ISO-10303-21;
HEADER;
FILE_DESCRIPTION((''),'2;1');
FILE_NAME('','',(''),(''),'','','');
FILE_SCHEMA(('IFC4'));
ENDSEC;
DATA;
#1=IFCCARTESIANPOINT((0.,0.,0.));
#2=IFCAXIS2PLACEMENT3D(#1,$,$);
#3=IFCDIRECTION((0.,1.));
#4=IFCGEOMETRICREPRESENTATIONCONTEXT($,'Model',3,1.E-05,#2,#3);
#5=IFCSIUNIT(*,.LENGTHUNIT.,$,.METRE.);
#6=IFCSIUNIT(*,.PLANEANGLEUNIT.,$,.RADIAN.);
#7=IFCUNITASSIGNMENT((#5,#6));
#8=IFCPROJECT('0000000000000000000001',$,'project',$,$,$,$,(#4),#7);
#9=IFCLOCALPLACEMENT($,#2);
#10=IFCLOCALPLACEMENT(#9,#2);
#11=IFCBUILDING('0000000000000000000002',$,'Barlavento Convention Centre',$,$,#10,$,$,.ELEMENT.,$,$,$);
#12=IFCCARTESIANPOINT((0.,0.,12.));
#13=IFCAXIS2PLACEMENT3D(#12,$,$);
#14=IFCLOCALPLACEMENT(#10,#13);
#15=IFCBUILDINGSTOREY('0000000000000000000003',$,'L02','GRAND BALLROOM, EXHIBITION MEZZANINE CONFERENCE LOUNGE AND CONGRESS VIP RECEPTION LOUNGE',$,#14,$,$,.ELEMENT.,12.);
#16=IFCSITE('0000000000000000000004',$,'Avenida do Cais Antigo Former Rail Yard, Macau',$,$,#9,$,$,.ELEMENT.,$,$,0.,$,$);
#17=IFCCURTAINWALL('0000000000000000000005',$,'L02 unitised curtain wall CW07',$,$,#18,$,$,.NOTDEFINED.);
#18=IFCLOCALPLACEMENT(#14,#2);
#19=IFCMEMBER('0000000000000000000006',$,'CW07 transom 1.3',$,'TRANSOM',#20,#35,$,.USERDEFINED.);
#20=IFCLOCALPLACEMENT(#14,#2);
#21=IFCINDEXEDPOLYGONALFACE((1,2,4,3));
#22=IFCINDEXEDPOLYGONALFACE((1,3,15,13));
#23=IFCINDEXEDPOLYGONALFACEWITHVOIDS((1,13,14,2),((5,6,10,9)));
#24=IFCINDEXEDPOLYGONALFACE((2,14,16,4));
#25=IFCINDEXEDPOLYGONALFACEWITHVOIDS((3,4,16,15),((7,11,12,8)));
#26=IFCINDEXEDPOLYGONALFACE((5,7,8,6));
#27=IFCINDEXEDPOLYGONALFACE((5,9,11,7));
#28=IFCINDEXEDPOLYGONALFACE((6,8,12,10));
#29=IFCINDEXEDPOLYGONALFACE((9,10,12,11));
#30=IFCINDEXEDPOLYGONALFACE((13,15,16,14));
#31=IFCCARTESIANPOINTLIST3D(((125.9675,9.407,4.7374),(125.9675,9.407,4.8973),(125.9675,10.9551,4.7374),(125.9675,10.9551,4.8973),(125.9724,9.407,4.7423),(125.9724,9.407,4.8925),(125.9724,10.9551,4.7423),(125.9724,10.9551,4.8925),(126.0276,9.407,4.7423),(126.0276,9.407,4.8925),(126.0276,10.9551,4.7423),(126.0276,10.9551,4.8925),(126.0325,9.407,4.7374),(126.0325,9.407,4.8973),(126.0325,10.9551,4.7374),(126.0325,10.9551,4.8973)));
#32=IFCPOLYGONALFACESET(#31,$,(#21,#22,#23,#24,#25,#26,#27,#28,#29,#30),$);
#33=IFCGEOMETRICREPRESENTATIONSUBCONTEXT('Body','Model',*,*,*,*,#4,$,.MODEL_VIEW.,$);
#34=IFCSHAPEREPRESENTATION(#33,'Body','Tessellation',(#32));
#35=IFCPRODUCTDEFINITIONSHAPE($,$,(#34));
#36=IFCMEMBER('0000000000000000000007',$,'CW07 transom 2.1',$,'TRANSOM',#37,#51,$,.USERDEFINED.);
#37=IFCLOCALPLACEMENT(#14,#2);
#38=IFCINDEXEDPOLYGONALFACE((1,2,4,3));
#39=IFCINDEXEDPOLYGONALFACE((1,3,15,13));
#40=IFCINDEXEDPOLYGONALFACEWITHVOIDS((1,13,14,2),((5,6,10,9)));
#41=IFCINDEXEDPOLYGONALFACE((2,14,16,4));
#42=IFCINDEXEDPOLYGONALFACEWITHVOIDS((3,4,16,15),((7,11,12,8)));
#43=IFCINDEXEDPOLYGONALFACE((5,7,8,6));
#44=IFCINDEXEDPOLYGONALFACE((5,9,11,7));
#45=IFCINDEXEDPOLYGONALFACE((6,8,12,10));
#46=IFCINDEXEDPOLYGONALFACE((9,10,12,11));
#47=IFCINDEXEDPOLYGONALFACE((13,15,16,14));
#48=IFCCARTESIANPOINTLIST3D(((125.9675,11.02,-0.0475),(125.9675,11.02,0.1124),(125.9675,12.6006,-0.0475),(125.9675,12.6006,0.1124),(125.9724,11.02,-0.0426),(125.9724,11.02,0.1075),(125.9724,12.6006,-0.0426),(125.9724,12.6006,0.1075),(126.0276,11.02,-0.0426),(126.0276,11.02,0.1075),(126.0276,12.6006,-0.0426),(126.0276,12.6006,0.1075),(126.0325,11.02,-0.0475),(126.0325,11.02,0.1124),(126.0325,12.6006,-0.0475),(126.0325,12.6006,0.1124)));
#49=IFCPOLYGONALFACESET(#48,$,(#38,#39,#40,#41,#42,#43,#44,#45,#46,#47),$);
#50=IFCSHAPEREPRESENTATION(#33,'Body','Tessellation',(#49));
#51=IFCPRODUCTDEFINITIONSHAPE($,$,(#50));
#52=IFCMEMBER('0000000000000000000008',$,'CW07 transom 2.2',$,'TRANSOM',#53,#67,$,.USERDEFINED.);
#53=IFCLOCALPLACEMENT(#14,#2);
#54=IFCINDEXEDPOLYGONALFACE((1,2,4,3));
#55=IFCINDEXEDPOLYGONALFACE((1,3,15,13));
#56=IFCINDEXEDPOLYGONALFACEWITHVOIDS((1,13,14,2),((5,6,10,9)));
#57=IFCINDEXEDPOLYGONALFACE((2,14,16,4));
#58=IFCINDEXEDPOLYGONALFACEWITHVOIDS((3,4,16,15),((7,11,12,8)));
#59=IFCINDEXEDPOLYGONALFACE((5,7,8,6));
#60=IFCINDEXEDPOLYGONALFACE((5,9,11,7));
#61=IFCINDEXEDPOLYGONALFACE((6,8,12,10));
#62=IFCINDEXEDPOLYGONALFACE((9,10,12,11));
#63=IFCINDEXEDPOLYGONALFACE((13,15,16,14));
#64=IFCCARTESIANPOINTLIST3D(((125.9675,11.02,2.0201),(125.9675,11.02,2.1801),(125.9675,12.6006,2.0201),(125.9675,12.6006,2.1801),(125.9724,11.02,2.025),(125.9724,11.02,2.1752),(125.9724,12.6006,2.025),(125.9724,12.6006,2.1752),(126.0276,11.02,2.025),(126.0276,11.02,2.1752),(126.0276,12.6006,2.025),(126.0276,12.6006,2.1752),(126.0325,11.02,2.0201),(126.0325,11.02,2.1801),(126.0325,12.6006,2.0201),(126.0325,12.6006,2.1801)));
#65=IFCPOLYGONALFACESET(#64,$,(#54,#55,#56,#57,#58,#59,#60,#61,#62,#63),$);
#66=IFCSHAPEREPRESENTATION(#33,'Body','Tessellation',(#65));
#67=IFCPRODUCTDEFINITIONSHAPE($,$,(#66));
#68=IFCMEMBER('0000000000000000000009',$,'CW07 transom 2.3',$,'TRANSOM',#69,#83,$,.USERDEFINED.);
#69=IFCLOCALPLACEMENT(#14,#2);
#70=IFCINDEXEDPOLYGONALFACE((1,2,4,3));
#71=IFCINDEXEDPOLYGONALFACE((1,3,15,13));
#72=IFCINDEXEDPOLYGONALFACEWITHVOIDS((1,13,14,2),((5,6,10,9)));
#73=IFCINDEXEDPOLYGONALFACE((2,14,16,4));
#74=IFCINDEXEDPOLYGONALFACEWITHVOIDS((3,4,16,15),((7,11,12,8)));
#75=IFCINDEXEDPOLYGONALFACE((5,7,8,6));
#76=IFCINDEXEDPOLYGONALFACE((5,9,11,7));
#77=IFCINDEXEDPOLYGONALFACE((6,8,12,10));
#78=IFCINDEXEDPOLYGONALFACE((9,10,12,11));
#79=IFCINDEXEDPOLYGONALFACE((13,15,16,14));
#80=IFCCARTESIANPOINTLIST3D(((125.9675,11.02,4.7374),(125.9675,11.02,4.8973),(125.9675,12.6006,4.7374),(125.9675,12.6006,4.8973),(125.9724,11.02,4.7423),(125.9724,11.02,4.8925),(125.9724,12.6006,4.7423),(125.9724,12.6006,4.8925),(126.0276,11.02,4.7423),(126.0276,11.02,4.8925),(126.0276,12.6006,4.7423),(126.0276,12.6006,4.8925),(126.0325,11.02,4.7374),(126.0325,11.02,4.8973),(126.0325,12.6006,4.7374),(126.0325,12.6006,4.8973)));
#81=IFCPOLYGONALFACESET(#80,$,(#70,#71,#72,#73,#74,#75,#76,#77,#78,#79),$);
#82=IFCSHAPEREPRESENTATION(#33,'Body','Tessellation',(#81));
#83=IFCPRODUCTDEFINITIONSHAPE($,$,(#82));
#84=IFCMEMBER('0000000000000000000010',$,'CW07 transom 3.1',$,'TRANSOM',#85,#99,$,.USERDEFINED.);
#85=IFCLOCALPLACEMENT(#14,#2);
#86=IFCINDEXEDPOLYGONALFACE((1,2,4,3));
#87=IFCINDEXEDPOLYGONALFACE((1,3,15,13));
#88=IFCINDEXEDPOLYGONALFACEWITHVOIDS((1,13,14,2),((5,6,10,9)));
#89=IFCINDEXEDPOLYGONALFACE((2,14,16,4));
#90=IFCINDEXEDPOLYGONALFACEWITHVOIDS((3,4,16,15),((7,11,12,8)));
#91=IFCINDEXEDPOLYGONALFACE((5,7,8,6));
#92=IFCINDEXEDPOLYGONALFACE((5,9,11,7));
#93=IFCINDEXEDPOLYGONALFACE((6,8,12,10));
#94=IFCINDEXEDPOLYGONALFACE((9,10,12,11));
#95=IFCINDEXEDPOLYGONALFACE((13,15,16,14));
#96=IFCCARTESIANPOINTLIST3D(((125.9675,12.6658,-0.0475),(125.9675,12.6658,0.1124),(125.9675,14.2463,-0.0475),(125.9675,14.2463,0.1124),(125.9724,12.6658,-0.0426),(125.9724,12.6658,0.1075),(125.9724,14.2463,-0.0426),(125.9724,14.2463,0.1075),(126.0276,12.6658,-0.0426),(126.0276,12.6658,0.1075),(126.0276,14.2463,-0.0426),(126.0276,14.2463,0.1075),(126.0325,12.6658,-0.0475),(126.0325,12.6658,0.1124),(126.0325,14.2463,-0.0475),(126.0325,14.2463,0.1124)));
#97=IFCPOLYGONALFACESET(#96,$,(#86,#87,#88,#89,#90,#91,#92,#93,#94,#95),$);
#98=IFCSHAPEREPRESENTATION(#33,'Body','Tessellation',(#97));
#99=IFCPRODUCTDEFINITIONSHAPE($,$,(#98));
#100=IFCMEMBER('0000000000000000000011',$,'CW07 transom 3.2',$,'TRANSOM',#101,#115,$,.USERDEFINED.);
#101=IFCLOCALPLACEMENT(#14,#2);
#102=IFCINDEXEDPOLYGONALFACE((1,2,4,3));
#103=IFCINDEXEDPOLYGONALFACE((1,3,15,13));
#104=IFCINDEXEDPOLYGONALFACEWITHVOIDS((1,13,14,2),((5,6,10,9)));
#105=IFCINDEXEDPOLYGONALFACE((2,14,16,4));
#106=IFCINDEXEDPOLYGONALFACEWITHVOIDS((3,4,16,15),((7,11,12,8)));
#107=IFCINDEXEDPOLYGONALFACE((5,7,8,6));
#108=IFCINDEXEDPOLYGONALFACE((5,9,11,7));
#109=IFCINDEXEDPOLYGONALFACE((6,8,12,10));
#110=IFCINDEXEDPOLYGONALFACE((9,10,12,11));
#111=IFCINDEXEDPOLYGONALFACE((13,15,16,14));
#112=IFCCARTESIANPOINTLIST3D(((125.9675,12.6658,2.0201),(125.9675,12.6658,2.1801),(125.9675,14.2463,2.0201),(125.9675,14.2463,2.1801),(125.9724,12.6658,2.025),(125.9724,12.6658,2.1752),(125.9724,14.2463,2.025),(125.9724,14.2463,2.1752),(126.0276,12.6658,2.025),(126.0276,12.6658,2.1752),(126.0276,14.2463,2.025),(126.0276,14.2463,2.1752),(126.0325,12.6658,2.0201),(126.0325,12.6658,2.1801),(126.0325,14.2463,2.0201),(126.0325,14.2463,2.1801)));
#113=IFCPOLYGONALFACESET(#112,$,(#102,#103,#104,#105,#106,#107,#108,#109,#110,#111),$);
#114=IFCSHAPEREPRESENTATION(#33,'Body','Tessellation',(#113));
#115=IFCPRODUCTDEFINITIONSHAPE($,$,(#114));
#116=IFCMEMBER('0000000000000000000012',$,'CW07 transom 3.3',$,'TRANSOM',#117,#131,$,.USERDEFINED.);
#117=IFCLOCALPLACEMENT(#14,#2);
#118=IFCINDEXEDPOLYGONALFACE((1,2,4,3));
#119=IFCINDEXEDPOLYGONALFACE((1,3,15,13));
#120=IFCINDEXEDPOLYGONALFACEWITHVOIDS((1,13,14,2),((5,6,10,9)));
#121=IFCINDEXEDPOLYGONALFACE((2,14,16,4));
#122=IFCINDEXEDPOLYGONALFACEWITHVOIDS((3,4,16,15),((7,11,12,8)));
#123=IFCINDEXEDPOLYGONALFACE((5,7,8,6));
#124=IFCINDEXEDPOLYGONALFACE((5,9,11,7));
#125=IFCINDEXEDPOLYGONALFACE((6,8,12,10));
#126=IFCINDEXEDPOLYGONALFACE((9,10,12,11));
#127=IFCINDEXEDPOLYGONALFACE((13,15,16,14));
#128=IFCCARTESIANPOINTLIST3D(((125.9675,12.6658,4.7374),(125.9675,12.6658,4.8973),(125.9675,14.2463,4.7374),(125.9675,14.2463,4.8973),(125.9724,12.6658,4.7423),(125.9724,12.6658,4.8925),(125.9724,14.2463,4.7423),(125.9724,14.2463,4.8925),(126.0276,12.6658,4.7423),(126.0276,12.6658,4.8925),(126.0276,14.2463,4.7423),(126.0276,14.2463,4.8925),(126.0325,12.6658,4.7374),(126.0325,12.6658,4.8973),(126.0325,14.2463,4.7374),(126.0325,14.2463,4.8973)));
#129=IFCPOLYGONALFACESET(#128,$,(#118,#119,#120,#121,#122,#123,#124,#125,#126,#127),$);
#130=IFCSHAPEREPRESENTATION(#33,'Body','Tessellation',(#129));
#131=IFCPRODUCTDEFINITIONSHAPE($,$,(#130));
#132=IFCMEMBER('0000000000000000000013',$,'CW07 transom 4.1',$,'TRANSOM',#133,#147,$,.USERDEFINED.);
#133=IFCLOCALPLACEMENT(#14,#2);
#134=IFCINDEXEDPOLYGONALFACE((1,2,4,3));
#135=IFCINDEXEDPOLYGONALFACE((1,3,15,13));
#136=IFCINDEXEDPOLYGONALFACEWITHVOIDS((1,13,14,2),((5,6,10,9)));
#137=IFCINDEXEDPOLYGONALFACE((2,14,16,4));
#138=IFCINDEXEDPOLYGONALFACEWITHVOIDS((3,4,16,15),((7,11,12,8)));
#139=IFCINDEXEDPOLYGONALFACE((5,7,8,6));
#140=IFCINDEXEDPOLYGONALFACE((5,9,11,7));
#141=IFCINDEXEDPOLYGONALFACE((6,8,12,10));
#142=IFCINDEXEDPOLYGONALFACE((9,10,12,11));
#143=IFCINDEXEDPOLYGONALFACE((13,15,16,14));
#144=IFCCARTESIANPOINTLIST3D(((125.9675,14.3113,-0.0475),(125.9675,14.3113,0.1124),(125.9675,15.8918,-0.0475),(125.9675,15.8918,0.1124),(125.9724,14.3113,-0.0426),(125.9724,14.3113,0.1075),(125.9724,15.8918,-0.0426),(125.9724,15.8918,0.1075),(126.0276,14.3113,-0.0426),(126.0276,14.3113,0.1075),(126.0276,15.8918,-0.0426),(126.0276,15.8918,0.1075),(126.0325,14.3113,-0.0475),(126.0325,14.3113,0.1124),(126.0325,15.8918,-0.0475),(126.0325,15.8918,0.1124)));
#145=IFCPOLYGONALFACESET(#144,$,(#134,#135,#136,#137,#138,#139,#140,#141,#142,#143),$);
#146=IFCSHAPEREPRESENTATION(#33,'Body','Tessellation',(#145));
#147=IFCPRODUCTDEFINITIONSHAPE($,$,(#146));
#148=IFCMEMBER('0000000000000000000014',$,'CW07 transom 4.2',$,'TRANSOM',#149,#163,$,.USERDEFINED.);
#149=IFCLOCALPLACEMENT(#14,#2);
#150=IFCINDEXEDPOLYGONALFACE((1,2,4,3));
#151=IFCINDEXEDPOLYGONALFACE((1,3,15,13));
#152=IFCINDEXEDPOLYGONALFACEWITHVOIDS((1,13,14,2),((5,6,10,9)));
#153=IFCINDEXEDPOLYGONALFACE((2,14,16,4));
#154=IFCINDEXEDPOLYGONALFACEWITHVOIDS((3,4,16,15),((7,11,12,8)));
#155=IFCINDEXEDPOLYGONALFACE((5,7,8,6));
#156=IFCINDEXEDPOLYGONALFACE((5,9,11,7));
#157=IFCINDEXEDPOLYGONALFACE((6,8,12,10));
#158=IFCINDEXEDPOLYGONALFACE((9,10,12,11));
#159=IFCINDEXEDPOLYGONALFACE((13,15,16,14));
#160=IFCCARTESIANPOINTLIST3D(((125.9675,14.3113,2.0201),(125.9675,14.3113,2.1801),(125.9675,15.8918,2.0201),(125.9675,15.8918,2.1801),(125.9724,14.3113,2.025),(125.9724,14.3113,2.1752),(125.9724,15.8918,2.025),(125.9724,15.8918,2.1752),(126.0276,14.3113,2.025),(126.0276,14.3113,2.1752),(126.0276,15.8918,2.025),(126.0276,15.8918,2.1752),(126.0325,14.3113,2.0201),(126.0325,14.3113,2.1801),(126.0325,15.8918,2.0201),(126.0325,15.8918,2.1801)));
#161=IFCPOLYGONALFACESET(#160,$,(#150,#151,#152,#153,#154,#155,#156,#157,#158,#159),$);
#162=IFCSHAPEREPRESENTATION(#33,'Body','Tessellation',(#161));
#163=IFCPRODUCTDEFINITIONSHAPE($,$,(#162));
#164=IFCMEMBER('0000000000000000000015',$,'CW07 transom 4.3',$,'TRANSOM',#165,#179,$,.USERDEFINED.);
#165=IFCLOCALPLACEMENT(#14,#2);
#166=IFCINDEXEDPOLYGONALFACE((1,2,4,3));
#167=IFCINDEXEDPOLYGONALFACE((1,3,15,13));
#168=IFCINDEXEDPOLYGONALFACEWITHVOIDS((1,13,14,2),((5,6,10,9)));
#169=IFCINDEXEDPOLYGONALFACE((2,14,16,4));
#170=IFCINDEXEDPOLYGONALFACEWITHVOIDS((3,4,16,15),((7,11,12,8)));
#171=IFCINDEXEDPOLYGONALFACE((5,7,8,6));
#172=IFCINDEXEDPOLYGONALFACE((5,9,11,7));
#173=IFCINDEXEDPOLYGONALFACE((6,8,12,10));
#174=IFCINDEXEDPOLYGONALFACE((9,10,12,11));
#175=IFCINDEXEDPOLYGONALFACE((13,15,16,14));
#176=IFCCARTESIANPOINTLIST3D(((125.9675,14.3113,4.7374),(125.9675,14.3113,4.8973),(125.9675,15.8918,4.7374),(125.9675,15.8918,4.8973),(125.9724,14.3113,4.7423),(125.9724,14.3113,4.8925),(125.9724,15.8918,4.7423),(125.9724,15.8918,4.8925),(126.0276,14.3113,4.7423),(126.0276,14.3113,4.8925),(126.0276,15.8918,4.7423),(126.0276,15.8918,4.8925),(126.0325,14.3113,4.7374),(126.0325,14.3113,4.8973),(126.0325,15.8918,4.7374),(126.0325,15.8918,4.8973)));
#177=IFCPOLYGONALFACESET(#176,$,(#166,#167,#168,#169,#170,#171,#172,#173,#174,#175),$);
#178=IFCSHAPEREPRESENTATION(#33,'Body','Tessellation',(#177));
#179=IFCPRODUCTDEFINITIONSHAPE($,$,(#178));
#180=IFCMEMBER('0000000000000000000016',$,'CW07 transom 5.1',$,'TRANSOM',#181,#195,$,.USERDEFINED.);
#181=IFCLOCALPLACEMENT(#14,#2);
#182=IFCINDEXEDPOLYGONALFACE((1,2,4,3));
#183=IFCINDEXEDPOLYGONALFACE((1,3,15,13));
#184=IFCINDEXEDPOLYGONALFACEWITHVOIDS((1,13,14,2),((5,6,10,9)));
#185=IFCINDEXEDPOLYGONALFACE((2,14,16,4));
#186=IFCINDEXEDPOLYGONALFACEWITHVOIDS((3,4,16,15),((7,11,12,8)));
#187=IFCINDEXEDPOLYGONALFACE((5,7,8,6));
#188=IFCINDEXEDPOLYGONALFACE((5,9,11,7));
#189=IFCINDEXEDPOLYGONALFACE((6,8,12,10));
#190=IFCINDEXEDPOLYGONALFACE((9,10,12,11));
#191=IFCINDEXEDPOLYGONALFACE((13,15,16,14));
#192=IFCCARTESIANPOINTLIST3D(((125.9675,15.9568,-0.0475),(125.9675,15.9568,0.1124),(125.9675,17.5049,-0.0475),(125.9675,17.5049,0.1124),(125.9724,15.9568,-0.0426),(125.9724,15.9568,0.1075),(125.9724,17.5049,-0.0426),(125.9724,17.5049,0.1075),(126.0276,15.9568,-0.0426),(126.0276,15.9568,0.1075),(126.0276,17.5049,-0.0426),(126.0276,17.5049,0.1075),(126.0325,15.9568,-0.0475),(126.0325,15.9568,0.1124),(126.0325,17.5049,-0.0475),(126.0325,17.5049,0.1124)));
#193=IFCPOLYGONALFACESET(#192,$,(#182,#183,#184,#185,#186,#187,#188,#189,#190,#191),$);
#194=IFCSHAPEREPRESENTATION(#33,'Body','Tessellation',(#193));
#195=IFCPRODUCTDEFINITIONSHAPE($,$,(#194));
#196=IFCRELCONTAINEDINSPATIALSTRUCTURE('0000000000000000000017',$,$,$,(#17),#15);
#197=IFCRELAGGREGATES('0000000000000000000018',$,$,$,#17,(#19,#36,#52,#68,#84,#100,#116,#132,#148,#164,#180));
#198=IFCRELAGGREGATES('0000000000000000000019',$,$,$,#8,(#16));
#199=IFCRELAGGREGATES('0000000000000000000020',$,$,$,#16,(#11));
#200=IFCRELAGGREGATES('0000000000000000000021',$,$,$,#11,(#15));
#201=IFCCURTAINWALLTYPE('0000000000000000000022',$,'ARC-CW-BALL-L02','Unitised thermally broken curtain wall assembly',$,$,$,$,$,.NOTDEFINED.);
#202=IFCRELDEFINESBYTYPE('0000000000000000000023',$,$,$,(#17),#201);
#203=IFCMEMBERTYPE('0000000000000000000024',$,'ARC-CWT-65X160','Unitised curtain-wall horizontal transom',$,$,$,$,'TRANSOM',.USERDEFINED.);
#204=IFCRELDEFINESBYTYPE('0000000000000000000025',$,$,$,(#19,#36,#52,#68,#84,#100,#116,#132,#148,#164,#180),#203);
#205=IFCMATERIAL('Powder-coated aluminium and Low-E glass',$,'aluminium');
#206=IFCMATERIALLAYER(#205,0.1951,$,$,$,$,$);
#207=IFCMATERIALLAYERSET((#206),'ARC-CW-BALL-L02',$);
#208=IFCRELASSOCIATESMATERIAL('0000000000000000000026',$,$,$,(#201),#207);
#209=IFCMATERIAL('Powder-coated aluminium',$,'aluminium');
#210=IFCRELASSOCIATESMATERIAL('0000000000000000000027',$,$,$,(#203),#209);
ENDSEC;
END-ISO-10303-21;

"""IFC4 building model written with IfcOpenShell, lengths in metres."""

from ifc_helpers import new_model, si_unit, direction, frame, origin, origin_2d, place, context, subcontext, project, spatial, hollow_rectangle, extrude, material, layer, layer_set, material_profile, profile_set, type_object, element, aggregate, save


model = new_model("IFC4")

# Units and contexts
model_context = context("Model", 3, precision=1e-05, world=origin(), true_north=direction((0.0, 1.0)))
body_context = subcontext(model_context, "Body", "Model", "MODEL_VIEW")
ifc_project = project(units=[si_unit("LENGTHUNIT", "METRE"), si_unit("PLANEANGLEUNIT", "RADIAN")], contexts=[model_context])

# Site, building, storey
site_placement = place(None, origin())
site = spatial("IfcSite", under=ifc_project, at=site_placement, Name="Avenida do Cais Antigo Former Rail Yard, Macau", CompositionType="ELEMENT", RefElevation=0.0)
building_placement = place(site_placement, origin())
building = spatial("IfcBuilding", under=site, at=building_placement, Name="Barlavento Convention Centre", CompositionType="ELEMENT")
storey_placement = place(building_placement, frame((0.0, 0.0, 12.0)))
storey = spatial("IfcBuildingStorey", under=building, at=storey_placement, Name="L02", Description="GRAND BALLROOM, EXHIBITION MEZZANINE CONFERENCE LOUNGE AND CONGRESS VIP RECEPTION LOUNGE", CompositionType="ELEMENT", Elevation=12.0)

# Shared definitions
ifc_material_1 = material(Name="Powder-coated aluminium and Low-E glass", Category="aluminium")
ifc_layer_1 = layer(ifc_material_1, 0.1951)
ifc_layer_set_1 = layer_set([ifc_layer_1], Name="ARC-CW-BALL-L02")
curtain_wall_type = type_object("IfcCurtainWallType", Name="ARC-CW-BALL-L02", Description="Unitised thermally broken curtain wall assembly", PredefinedType="NOTDEFINED", material=ifc_layer_set_1)
ifc_material_2 = material(Name="Powder-coated aluminium", Category="aluminium")

# Curtain wall
curtain_wall_1_placement = place(storey_placement, origin())
curtain_wall_1 = element("IfcCurtainWall", 1, at=curtain_wall_1_placement, inside=storey, type_object=curtain_wall_type, Name="L02 unitised curtain wall CW07", PredefinedType="NOTDEFINED")

# Members
ifc_material_profile_1 = material_profile(ifc_material_2, hollow_rectangle(XDim=0.0649, YDim=0.1599, WallThickness=0.0049, at=origin_2d()), Name="AL-TRAN 65x160x5")
ifc_profile_set_1 = profile_set([ifc_material_profile_1], Name="Powder-coated aluminium")
member_type_1 = type_object("IfcMemberType", Name="ARC-CWT-65X160", Description="Unitised curtain-wall horizontal transom", ElementType="TRANSOM", PredefinedType="USERDEFINED", material=ifc_profile_set_1)
member_1_placement = place(storey_placement, frame((126.0, 9.407, 4.8174), z_axis=(0.0, 1.0, 0.0), x_axis=(-1.0, 0.0, 0.0)))
member_1 = element("IfcMember", 2, at=member_1_placement, type_object=member_type_1, Name="CW07 transom 1.3", ObjectType="TRANSOM", PredefinedType="USERDEFINED", context=body_context, shape_type="SweptSolid", body=[
    extrude(hollow_rectangle(XDim=0.0649, YDim=0.1599, WallThickness=0.0049, at=origin_2d()), origin(), (0.0, 0.0, 1.0), 1.5481),
])
member_2_placement = place(storey_placement, frame((126.0, 11.02, 0.0325), z_axis=(0.0, 1.0, 0.0), x_axis=(-1.0, 0.0, 0.0)))
member_2 = element("IfcMember", 3, at=member_2_placement, type_object=member_type_1, Name="CW07 transom 2.1", ObjectType="TRANSOM", PredefinedType="USERDEFINED", context=body_context, shape_type="SweptSolid", body=[
    extrude(hollow_rectangle(XDim=0.0649, YDim=0.1599, WallThickness=0.0049, at=origin_2d()), origin(), (0.0, 0.0, 1.0), 1.5806),
])
member_3_placement = place(storey_placement, frame((126.0, 11.02, 2.1001), z_axis=(0.0, 1.0, 0.0), x_axis=(-1.0, 0.0, 0.0)))
member_3 = element("IfcMember", 4, at=member_3_placement, type_object=member_type_1, Name="CW07 transom 2.2", ObjectType="TRANSOM", PredefinedType="USERDEFINED", context=body_context, shape_type="SweptSolid", body=[
    extrude(hollow_rectangle(XDim=0.0649, YDim=0.1599, WallThickness=0.0049, at=origin_2d()), origin(), (0.0, 0.0, 1.0), 1.5806),
])
member_4_placement = place(storey_placement, frame((126.0, 11.02, 4.8174), z_axis=(0.0, 1.0, 0.0), x_axis=(-1.0, 0.0, 0.0)))
member_4 = element("IfcMember", 5, at=member_4_placement, type_object=member_type_1, Name="CW07 transom 2.3", ObjectType="TRANSOM", PredefinedType="USERDEFINED", context=body_context, shape_type="SweptSolid", body=[
    extrude(hollow_rectangle(XDim=0.0649, YDim=0.1599, WallThickness=0.0049, at=origin_2d()), origin(), (0.0, 0.0, 1.0), 1.5806),
])
member_5_placement = place(storey_placement, frame((126.0, 12.6658, 0.0325), z_axis=(0.0, 1.0, 0.0), x_axis=(-1.0, 0.0, 0.0)))
member_5 = element("IfcMember", 6, at=member_5_placement, type_object=member_type_1, Name="CW07 transom 3.1", ObjectType="TRANSOM", PredefinedType="USERDEFINED", context=body_context, shape_type="SweptSolid", body=[
    extrude(hollow_rectangle(XDim=0.0649, YDim=0.1599, WallThickness=0.0049, at=origin_2d()), origin(), (0.0, 0.0, 1.0), 1.5806),
])
member_6_placement = place(storey_placement, frame((126.0, 12.6658, 2.1001), z_axis=(0.0, 1.0, 0.0), x_axis=(-1.0, 0.0, 0.0)))
member_6 = element("IfcMember", 7, at=member_6_placement, type_object=member_type_1, Name="CW07 transom 3.2", ObjectType="TRANSOM", PredefinedType="USERDEFINED", context=body_context, shape_type="SweptSolid", body=[
    extrude(hollow_rectangle(XDim=0.0649, YDim=0.1599, WallThickness=0.0049, at=origin_2d()), origin(), (0.0, 0.0, 1.0), 1.5806),
])
member_7_placement = place(storey_placement, frame((126.0, 12.6658, 4.8174), z_axis=(0.0, 1.0, 0.0), x_axis=(-1.0, 0.0, 0.0)))
member_7 = element("IfcMember", 8, at=member_7_placement, type_object=member_type_1, Name="CW07 transom 3.3", ObjectType="TRANSOM", PredefinedType="USERDEFINED", context=body_context, shape_type="SweptSolid", body=[
    extrude(hollow_rectangle(XDim=0.0649, YDim=0.1599, WallThickness=0.0049, at=origin_2d()), origin(), (0.0, 0.0, 1.0), 1.5806),
])
member_8_placement = place(storey_placement, frame((126.0, 14.3113, 0.0325), z_axis=(0.0, 1.0, 0.0), x_axis=(-1.0, 0.0, 0.0)))
member_8 = element("IfcMember", 9, at=member_8_placement, type_object=member_type_1, Name="CW07 transom 4.1", ObjectType="TRANSOM", PredefinedType="USERDEFINED", context=body_context, shape_type="SweptSolid", body=[
    extrude(hollow_rectangle(XDim=0.0649, YDim=0.1599, WallThickness=0.0049, at=origin_2d()), origin(), (0.0, 0.0, 1.0), 1.5806),
])
member_9_placement = place(storey_placement, frame((126.0, 14.3113, 2.1001), z_axis=(0.0, 1.0, 0.0), x_axis=(-1.0, 0.0, 0.0)))
member_9 = element("IfcMember", 10, at=member_9_placement, type_object=member_type_1, Name="CW07 transom 4.2", ObjectType="TRANSOM", PredefinedType="USERDEFINED", context=body_context, shape_type="SweptSolid", body=[
    extrude(hollow_rectangle(XDim=0.0649, YDim=0.1599, WallThickness=0.0049, at=origin_2d()), origin(), (0.0, 0.0, 1.0), 1.5806),
])
member_10_placement = place(storey_placement, frame((126.0, 14.3113, 4.8174), z_axis=(0.0, 1.0, 0.0), x_axis=(-1.0, 0.0, 0.0)))
member_10 = element("IfcMember", 11, at=member_10_placement, type_object=member_type_1, Name="CW07 transom 4.3", ObjectType="TRANSOM", PredefinedType="USERDEFINED", context=body_context, shape_type="SweptSolid", body=[
    extrude(hollow_rectangle(XDim=0.0649, YDim=0.1599, WallThickness=0.0049, at=origin_2d()), origin(), (0.0, 0.0, 1.0), 1.5806),
])
member_11_placement = place(storey_placement, frame((126.0, 15.9568, 0.0325), z_axis=(0.0, 1.0, 0.0), x_axis=(-1.0, 0.0, 0.0)))
member_11 = element("IfcMember", 12, at=member_11_placement, type_object=member_type_1, Name="CW07 transom 5.1", ObjectType="TRANSOM", PredefinedType="USERDEFINED", context=body_context, shape_type="SweptSolid", body=[
    extrude(hollow_rectangle(XDim=0.0649, YDim=0.1599, WallThickness=0.0049, at=origin_2d()), origin(), (0.0, 0.0, 1.0), 1.5481),
])

aggregate(curtain_wall_1, [member_1, member_2, member_3, member_4, member_5, member_6, member_7, member_8, member_9, member_10, member_11])

save(model, "model.ifc")
